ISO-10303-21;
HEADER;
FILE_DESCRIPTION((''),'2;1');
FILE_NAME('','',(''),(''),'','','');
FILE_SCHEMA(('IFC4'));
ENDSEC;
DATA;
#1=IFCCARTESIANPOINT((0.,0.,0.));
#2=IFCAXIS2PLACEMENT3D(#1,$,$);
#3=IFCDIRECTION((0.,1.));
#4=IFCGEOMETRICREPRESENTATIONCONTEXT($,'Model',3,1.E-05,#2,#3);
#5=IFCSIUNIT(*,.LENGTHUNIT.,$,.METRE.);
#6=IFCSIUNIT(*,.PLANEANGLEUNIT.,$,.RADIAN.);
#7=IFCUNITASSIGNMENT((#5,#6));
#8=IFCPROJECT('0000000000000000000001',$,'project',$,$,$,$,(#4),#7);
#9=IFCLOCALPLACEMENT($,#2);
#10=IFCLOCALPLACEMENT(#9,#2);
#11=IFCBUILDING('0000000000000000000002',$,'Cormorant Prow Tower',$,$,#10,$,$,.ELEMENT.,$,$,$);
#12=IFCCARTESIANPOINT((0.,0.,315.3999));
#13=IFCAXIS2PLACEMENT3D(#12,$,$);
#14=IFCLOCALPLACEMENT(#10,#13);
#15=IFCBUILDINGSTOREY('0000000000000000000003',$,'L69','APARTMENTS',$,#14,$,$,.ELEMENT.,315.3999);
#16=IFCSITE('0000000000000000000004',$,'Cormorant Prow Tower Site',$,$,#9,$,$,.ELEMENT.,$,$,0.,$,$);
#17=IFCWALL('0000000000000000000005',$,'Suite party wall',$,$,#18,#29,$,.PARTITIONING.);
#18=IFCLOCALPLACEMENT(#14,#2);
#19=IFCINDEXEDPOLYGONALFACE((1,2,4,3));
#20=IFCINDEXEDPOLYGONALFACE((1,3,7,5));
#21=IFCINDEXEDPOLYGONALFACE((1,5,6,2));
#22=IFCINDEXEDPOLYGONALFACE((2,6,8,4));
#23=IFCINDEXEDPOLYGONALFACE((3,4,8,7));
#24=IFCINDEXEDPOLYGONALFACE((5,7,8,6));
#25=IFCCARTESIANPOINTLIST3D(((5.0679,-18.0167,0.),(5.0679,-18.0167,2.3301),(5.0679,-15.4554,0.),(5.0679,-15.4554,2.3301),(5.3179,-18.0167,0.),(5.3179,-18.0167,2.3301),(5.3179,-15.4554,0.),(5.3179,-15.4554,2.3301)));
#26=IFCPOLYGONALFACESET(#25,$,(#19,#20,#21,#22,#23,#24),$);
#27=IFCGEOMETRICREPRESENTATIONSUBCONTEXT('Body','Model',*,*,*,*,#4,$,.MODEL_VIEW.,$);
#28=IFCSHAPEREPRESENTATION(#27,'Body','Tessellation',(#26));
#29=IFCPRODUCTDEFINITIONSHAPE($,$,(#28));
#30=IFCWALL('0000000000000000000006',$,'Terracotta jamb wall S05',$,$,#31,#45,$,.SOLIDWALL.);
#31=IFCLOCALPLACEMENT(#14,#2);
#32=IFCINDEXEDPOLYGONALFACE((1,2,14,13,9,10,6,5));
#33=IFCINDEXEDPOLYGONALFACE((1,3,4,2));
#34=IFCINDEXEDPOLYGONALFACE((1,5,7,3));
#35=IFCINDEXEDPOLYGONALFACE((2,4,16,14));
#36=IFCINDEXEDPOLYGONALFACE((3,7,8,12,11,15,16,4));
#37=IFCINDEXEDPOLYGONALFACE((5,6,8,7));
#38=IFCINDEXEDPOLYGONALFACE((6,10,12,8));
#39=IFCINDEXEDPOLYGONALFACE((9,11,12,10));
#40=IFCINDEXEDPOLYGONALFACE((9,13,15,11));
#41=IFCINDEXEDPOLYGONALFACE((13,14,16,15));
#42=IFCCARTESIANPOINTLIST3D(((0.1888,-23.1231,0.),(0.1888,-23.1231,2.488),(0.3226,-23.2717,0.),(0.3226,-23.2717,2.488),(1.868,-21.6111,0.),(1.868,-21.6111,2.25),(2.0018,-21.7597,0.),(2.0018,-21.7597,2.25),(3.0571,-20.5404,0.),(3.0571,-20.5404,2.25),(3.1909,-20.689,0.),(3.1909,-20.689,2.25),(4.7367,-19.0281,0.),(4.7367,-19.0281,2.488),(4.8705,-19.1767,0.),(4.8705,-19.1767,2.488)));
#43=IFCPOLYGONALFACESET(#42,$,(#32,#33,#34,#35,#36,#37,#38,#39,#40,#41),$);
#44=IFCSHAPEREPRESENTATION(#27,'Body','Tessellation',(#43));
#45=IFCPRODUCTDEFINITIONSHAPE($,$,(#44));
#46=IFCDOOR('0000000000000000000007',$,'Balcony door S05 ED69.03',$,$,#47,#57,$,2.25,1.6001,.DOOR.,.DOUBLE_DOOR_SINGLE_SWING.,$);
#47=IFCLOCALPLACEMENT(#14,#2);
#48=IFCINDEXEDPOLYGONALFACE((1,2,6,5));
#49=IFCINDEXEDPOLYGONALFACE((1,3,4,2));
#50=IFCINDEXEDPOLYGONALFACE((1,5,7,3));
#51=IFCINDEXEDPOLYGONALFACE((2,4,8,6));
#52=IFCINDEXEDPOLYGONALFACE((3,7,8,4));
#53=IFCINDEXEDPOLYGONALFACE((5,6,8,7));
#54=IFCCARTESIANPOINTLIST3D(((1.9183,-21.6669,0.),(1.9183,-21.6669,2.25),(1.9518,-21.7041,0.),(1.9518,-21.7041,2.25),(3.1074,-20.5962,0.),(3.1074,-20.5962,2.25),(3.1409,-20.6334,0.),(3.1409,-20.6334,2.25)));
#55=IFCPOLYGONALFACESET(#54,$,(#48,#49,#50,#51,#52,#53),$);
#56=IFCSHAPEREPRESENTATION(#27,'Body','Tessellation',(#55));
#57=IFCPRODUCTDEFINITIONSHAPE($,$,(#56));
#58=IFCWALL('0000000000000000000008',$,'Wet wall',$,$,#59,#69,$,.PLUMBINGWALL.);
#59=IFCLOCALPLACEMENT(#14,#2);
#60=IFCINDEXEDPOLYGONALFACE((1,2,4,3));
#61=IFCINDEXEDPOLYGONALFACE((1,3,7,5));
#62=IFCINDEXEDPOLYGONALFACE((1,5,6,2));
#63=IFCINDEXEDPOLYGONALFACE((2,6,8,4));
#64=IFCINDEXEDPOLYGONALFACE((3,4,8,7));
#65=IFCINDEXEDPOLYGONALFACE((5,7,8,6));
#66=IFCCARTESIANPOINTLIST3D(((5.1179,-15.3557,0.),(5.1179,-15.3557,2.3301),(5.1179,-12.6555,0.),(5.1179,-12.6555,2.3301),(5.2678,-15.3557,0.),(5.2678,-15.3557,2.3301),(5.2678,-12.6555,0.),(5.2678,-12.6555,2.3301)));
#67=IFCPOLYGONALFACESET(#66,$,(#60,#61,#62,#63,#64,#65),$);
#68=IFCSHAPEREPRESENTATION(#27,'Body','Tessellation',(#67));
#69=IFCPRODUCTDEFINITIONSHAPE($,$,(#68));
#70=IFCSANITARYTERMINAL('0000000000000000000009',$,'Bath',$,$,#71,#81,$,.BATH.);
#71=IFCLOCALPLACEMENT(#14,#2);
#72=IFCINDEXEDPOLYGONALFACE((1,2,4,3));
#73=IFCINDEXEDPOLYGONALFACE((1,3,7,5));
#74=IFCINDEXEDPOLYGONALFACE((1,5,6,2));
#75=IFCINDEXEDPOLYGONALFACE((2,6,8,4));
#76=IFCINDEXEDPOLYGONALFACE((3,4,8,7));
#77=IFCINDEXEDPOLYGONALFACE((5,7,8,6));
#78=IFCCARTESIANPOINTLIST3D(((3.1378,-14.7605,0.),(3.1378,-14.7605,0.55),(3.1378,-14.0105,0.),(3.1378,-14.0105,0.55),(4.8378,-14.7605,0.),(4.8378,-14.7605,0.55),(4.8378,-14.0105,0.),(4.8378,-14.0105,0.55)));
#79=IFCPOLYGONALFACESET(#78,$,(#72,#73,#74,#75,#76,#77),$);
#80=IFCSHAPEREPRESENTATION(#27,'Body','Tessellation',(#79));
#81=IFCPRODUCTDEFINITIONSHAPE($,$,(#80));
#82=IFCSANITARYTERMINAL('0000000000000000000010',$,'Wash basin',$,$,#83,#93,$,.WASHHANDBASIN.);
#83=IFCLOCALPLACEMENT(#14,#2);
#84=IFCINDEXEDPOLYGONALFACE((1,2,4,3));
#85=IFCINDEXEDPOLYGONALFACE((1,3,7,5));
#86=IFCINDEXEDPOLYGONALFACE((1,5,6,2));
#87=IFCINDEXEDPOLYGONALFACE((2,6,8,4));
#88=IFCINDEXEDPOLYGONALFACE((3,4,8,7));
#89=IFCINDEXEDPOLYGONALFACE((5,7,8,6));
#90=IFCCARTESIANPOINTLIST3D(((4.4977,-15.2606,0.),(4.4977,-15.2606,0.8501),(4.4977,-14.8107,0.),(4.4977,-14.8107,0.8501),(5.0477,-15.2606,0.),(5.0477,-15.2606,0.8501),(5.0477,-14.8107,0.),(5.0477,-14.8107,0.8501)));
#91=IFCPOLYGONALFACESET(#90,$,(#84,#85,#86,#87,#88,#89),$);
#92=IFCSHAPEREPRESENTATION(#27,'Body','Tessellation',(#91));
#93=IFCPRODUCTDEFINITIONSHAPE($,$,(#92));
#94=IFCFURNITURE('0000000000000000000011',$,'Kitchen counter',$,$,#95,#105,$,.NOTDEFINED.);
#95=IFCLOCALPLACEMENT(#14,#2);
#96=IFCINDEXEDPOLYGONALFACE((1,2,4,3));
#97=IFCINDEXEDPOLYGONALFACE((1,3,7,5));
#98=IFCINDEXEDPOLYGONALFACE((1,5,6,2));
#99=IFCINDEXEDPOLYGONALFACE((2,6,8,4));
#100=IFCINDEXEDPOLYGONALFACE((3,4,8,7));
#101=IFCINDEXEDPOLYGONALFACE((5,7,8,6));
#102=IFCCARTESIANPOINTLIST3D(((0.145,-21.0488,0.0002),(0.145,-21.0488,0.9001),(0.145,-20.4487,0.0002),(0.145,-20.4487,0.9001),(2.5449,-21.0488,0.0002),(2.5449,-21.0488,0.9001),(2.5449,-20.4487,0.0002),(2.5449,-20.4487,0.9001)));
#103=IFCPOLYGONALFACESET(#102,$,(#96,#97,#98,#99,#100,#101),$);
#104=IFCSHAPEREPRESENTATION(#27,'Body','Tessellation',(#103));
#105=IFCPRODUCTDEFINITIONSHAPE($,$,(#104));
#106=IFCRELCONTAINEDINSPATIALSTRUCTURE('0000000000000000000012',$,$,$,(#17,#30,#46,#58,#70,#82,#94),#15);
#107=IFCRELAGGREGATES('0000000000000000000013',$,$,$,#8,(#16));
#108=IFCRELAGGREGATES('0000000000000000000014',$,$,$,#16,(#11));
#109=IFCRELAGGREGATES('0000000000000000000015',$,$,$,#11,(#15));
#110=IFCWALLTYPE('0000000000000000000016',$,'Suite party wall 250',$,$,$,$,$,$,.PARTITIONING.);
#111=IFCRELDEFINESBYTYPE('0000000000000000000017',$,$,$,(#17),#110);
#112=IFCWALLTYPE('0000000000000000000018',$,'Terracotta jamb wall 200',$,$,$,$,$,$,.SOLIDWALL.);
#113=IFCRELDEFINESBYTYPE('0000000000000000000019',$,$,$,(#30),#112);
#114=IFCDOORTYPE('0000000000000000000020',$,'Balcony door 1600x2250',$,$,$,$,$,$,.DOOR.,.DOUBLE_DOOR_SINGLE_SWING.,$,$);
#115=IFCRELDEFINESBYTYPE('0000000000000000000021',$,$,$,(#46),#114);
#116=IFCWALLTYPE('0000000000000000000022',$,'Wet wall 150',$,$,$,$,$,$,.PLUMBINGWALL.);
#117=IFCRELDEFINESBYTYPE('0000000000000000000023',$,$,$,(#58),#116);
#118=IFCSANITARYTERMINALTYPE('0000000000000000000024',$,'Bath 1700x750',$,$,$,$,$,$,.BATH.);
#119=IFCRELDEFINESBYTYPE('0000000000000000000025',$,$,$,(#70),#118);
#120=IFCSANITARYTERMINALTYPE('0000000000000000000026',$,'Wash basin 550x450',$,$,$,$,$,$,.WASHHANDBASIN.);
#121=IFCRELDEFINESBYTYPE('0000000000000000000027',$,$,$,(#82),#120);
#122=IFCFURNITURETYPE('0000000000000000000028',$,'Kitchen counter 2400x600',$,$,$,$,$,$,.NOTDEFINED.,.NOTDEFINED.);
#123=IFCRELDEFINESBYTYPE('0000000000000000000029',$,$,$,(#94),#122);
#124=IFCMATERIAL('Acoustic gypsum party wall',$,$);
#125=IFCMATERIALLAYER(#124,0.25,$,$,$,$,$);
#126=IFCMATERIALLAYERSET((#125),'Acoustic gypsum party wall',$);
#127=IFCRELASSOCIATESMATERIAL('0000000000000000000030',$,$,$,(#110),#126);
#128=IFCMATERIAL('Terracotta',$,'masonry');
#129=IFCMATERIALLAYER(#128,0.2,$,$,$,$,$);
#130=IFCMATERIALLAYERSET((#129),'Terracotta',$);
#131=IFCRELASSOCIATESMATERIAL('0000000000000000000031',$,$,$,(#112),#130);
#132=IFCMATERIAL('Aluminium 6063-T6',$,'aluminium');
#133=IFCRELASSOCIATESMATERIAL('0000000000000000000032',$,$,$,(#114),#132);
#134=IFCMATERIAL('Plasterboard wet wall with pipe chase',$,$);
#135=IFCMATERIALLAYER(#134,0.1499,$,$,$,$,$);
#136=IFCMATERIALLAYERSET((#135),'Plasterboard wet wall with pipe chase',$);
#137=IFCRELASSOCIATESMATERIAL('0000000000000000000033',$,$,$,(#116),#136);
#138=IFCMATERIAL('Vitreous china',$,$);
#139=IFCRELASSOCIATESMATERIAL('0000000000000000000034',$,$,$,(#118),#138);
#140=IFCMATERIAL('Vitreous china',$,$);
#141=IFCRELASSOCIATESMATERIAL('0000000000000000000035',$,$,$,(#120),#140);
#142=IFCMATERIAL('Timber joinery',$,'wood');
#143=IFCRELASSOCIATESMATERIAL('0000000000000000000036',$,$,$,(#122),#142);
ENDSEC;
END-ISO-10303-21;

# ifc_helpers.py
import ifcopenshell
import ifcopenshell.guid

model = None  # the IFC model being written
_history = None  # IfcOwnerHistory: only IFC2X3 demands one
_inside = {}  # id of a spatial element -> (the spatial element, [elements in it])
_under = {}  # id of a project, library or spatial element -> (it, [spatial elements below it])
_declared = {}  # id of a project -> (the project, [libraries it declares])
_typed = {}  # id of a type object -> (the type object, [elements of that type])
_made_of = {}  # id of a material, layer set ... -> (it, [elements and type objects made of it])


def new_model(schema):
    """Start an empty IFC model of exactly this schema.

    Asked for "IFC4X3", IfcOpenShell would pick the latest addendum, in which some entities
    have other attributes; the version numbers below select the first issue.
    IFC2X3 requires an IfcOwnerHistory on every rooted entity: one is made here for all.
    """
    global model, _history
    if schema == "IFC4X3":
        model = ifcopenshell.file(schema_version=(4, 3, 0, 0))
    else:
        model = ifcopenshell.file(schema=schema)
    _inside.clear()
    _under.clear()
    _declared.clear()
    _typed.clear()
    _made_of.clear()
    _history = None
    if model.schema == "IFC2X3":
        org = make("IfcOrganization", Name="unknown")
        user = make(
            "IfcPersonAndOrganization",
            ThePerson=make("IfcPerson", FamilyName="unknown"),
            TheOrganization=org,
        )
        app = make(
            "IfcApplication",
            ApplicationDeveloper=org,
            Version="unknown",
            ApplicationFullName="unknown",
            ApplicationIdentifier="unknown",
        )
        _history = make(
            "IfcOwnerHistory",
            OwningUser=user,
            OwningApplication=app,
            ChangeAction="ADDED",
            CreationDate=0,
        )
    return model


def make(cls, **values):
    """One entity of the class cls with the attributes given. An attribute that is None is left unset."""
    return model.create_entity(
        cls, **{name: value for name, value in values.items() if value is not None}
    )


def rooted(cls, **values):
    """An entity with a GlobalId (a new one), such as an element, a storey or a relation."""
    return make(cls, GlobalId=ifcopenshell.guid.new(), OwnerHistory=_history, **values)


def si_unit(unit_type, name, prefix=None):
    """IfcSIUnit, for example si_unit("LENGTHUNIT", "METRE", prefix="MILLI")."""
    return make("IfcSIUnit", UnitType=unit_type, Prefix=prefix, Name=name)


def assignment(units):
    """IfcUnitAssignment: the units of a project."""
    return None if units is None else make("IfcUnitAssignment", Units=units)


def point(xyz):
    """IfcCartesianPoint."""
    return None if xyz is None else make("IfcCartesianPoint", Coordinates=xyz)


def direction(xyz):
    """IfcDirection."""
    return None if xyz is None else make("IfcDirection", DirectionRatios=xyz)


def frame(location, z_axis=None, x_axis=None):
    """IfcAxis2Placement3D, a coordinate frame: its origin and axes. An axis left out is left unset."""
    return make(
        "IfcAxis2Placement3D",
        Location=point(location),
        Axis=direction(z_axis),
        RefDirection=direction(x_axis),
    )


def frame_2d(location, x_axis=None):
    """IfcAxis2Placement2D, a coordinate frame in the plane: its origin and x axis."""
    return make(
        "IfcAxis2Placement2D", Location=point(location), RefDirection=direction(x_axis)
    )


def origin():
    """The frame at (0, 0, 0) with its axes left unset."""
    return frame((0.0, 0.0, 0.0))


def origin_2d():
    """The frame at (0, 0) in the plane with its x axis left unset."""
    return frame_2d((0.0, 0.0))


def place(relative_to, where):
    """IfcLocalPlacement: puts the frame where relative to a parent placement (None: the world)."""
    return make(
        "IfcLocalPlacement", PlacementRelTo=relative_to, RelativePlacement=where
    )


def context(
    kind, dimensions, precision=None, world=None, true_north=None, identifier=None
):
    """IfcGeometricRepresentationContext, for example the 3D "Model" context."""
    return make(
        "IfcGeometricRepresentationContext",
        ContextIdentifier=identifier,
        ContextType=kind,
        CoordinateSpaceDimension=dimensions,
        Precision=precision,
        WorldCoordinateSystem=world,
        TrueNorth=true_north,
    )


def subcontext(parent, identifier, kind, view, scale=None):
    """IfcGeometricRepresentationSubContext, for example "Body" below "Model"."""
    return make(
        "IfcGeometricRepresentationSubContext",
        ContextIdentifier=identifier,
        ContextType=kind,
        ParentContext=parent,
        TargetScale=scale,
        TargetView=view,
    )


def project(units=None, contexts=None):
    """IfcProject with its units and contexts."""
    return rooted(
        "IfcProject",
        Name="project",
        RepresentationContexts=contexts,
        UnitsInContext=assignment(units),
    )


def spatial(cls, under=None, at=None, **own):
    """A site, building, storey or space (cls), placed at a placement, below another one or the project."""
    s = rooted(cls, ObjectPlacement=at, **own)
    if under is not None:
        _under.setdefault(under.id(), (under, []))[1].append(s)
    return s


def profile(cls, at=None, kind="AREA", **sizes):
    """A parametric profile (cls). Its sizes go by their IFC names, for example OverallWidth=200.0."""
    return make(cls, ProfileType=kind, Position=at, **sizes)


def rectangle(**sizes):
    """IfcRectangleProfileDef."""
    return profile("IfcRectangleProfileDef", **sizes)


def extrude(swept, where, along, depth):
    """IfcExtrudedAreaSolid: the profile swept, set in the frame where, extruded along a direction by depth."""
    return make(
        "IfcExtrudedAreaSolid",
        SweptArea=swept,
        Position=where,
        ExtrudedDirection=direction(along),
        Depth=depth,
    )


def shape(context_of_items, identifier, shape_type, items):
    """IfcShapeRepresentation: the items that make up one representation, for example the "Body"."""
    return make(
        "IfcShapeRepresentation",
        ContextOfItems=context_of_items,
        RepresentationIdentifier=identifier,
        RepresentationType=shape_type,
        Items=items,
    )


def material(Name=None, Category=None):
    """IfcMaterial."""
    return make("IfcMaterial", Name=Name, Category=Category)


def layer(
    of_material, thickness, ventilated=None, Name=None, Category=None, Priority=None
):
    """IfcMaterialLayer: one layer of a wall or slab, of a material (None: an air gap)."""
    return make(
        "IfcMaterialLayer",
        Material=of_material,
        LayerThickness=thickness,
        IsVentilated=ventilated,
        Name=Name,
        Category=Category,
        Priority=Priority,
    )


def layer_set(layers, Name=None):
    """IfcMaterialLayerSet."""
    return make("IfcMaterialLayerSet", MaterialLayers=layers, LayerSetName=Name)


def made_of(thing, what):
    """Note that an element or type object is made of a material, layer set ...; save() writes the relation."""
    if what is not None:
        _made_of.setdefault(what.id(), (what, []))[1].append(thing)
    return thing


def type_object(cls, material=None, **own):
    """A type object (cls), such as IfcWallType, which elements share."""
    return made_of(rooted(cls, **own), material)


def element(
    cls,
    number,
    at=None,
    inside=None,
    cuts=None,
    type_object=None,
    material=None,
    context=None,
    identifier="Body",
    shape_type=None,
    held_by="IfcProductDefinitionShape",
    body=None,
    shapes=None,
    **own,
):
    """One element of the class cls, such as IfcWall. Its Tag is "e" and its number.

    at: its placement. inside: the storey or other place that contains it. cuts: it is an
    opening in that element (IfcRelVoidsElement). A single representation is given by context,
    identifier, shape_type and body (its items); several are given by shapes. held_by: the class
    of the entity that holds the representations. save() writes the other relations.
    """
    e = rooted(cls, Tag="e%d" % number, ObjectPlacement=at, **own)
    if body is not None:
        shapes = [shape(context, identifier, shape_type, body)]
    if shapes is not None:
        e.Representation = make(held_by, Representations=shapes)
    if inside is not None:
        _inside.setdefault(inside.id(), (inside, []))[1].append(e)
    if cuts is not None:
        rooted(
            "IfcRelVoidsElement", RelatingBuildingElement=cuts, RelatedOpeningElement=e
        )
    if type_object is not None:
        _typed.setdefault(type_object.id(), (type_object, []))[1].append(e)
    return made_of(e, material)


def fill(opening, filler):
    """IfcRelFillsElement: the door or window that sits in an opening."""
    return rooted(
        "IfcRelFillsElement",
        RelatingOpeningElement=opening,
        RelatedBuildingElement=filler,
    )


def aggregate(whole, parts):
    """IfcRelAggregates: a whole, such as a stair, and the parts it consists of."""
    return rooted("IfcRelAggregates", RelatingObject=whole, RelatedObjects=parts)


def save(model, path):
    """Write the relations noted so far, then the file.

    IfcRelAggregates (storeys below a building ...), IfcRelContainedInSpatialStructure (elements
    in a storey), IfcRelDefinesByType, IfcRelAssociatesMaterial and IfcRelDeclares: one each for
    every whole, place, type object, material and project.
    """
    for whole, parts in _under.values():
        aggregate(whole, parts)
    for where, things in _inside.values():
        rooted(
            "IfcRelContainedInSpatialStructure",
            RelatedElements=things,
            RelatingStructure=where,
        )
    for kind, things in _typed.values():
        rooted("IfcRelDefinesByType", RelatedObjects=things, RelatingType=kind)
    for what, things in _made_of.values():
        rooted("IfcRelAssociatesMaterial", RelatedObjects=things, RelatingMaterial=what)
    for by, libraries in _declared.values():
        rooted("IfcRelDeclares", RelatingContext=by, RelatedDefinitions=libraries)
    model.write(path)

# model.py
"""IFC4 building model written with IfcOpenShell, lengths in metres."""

from ifc_helpers import new_model, si_unit, direction, frame, frame_2d, origin, origin_2d, place, context, subcontext, project, spatial, rectangle, extrude, material, layer, layer_set, type_object, element, fill, save


model = new_model("IFC4")

# Units and contexts
model_context = context("Model", 3, precision=1e-05, world=origin(), true_north=direction((0.0, 1.0)))
body_context = subcontext(model_context, "Body", "Model", "MODEL_VIEW")
ifc_project = project(units=[si_unit("LENGTHUNIT", "METRE"), si_unit("PLANEANGLEUNIT", "RADIAN")], contexts=[model_context])

# Site, building, storey
site_placement = place(None, origin())
site = spatial("IfcSite", under=ifc_project, at=site_placement, Name="Cormorant Prow Tower Site", CompositionType="ELEMENT", RefElevation=0.0)
building_placement = place(site_placement, origin())
building = spatial("IfcBuilding", under=site, at=building_placement, Name="Cormorant Prow Tower", CompositionType="ELEMENT")
storey_placement = place(building_placement, frame((0.0, 0.0, 315.3999)))
storey = spatial("IfcBuildingStorey", under=building, at=storey_placement, Name="L69", Description="APARTMENTS", CompositionType="ELEMENT", Elevation=315.3999)

# Wall
ifc_material_1 = material(Name="Acoustic gypsum party wall")
ifc_layer_1 = layer(ifc_material_1, 0.25)
ifc_layer_set_1 = layer_set([ifc_layer_1], Name="Acoustic gypsum party wall")
wall_type_1 = type_object("IfcWallType", Name="Suite party wall 250", PredefinedType="PARTITIONING", material=ifc_layer_set_1)
wall_1_placement = place(storey_placement, frame((5.1929, -18.0168, 0.0), z_axis=(0.0, 0.0, 1.0), x_axis=(0.0, 1.0, 0.0)))
element("IfcWall", 1, at=wall_1_placement, inside=storey, type_object=wall_type_1, Name="Suite party wall", PredefinedType="PARTITIONING", context=body_context, shape_type="SweptSolid", body=[
    extrude(rectangle(XDim=2.5613, YDim=0.25, at=frame_2d((1.2808, 0.0))), origin(), (0.0, 0.0, 1.0), 2.3301),
])

# Wall, opening, door
ifc_material_2 = material(Name="Terracotta", Category="masonry")
ifc_layer_2 = layer(ifc_material_2, 0.2)
ifc_layer_set_2 = layer_set([ifc_layer_2], Name="Terracotta")
wall_type_2 = type_object("IfcWallType", Name="Terracotta jamb wall 200", PredefinedType="SOLIDWALL", material=ifc_layer_set_2)
wall_2_placement = place(storey_placement, frame((0.2556, -23.1975, 0.0), z_axis=(0.0, 0.0, 1.0), x_axis=(0.743139, 0.669137, 0.0)))
wall_2 = element("IfcWall", 2, at=wall_2_placement, inside=storey, type_object=wall_type_2, Name="Terracotta jamb wall S05", PredefinedType="SOLIDWALL", context=body_context, shape_type="SweptSolid", body=[
    extrude(rectangle(XDim=6.1199, YDim=0.2, at=frame_2d((3.0601, 0.0))), origin(), (0.0, 0.0, 1.0), 2.488),
])
opening_1_placement = place(wall_2_placement, frame((2.2598, 0.0, 0.0)))
opening_1 = element("IfcOpeningElement", 3, at=opening_1_placement, cuts=wall_2, PredefinedType="OPENING", context=body_context, shape_type="SweptSolid", body=[
    extrude(rectangle(XDim=1.6001, YDim=2.25, at=frame_2d((0.8, 1.125))), frame((0.0, 0.1099, 0.0), z_axis=(0.0, -1.0, 0.0), x_axis=(1.0, 0.0, 0.0)), (0.0, 0.0, 1.0), 0.22),
])
ifc_material_3 = material(Name="Aluminium 6063-T6", Category="aluminium")
door_type_1 = type_object("IfcDoorType", Name="Balcony door 1600x2250", OperationType="DOUBLE_DOOR_SINGLE_SWING", PredefinedType="DOOR", material=ifc_material_3)
door_1_placement = place(opening_1_placement, origin())
door_1 = element("IfcDoor", 4, at=door_1_placement, inside=storey, type_object=door_type_1, Name="Balcony door S05 ED69.03", OperationType="DOUBLE_DOOR_SINGLE_SWING", OverallHeight=2.25, OverallWidth=1.6001, PredefinedType="DOOR", context=body_context, shape_type="SweptSolid", body=[
    extrude(rectangle(XDim=1.6001, YDim=2.25, at=frame_2d((0.8, 1.125))), frame((0.0, 0.0249, 0.0), z_axis=(0.0, -1.0, 0.0), x_axis=(1.0, 0.0, 0.0)), (0.0, 0.0, 1.0), 0.05),
])
fill(opening_1, door_1)

# Wall
ifc_material_4 = material(Name="Plasterboard wet wall with pipe chase")
ifc_layer_3 = layer(ifc_material_4, 0.1499)
ifc_layer_set_3 = layer_set([ifc_layer_3], Name="Plasterboard wet wall with pipe chase")
wall_type_3 = type_object("IfcWallType", Name="Wet wall 150", PredefinedType="PLUMBINGWALL", material=ifc_layer_set_3)
wall_3_placement = place(storey_placement, frame((5.1929, -15.3557, 0.0), z_axis=(0.0, 0.0, 1.0), x_axis=(0.0, 1.0, 0.0)))
element("IfcWall", 5, at=wall_3_placement, inside=storey, type_object=wall_type_3, Name="Wet wall", PredefinedType="PLUMBINGWALL", context=body_context, shape_type="SweptSolid", body=[
    extrude(rectangle(XDim=2.7002, YDim=0.1499, at=frame_2d((1.3501, 0.0))), origin(), (0.0, 0.0, 1.0), 2.3301),
])

# Sanitary terminals
ifc_material_5 = material(Name="Vitreous china")
sanitary_terminal_type_1 = type_object("IfcSanitaryTerminalType", Name="Bath 1700x750", PredefinedType="BATH", material=ifc_material_5)
sanitary_terminal_1_placement = place(storey_placement, frame((3.9878, -14.3855, 0.0), z_axis=(0.0, 0.0, 1.0), x_axis=(1.0, 0.0, 0.0)))
element("IfcSanitaryTerminal", 6, at=sanitary_terminal_1_placement, inside=storey, type_object=sanitary_terminal_type_1, Name="Bath", PredefinedType="BATH", context=body_context, shape_type="SweptSolid", body=[
    extrude(rectangle(XDim=1.7, YDim=0.75, at=origin_2d()), origin(), (0.0, 0.0, 1.0), 0.55),
])
ifc_material_6 = material(Name="Vitreous china")
sanitary_terminal_type_2 = type_object("IfcSanitaryTerminalType", Name="Wash basin 550x450", PredefinedType="WASHHANDBASIN", material=ifc_material_6)
sanitary_terminal_2_placement = place(storey_placement, frame((4.7727, -15.0356, 0.0), z_axis=(0.0, 0.0, 1.0), x_axis=(-1.0, 0.0, 0.0)))
element("IfcSanitaryTerminal", 7, at=sanitary_terminal_2_placement, inside=storey, type_object=sanitary_terminal_type_2, Name="Wash basin", PredefinedType="WASHHANDBASIN", context=body_context, shape_type="SweptSolid", body=[
    extrude(rectangle(XDim=0.55, YDim=0.45, at=origin_2d()), origin(), (0.0, 0.0, 1.0), 0.8501),
])

# Furniture
ifc_material_7 = material(Name="Timber joinery", Category="wood")
furniture_type = type_object("IfcFurnitureType", Name="Kitchen counter 2400x600", AssemblyPlace="NOTDEFINED", PredefinedType="NOTDEFINED", material=ifc_material_7)
furniture_placement = place(storey_placement, frame((1.345, -20.7488, 0.0002), z_axis=(0.0, 0.0, 1.0), x_axis=(1.0, 0.0, 0.0)))
element("IfcFurniture", 8, at=furniture_placement, inside=storey, type_object=furniture_type, Name="Kitchen counter", PredefinedType="NOTDEFINED", context=body_context, shape_type="SweptSolid", body=[
    extrude(rectangle(XDim=2.3999, YDim=0.6001, at=origin_2d()), origin(), (0.0, 0.0, 1.0), 0.8999),
])

save(model, "model.ifc")
